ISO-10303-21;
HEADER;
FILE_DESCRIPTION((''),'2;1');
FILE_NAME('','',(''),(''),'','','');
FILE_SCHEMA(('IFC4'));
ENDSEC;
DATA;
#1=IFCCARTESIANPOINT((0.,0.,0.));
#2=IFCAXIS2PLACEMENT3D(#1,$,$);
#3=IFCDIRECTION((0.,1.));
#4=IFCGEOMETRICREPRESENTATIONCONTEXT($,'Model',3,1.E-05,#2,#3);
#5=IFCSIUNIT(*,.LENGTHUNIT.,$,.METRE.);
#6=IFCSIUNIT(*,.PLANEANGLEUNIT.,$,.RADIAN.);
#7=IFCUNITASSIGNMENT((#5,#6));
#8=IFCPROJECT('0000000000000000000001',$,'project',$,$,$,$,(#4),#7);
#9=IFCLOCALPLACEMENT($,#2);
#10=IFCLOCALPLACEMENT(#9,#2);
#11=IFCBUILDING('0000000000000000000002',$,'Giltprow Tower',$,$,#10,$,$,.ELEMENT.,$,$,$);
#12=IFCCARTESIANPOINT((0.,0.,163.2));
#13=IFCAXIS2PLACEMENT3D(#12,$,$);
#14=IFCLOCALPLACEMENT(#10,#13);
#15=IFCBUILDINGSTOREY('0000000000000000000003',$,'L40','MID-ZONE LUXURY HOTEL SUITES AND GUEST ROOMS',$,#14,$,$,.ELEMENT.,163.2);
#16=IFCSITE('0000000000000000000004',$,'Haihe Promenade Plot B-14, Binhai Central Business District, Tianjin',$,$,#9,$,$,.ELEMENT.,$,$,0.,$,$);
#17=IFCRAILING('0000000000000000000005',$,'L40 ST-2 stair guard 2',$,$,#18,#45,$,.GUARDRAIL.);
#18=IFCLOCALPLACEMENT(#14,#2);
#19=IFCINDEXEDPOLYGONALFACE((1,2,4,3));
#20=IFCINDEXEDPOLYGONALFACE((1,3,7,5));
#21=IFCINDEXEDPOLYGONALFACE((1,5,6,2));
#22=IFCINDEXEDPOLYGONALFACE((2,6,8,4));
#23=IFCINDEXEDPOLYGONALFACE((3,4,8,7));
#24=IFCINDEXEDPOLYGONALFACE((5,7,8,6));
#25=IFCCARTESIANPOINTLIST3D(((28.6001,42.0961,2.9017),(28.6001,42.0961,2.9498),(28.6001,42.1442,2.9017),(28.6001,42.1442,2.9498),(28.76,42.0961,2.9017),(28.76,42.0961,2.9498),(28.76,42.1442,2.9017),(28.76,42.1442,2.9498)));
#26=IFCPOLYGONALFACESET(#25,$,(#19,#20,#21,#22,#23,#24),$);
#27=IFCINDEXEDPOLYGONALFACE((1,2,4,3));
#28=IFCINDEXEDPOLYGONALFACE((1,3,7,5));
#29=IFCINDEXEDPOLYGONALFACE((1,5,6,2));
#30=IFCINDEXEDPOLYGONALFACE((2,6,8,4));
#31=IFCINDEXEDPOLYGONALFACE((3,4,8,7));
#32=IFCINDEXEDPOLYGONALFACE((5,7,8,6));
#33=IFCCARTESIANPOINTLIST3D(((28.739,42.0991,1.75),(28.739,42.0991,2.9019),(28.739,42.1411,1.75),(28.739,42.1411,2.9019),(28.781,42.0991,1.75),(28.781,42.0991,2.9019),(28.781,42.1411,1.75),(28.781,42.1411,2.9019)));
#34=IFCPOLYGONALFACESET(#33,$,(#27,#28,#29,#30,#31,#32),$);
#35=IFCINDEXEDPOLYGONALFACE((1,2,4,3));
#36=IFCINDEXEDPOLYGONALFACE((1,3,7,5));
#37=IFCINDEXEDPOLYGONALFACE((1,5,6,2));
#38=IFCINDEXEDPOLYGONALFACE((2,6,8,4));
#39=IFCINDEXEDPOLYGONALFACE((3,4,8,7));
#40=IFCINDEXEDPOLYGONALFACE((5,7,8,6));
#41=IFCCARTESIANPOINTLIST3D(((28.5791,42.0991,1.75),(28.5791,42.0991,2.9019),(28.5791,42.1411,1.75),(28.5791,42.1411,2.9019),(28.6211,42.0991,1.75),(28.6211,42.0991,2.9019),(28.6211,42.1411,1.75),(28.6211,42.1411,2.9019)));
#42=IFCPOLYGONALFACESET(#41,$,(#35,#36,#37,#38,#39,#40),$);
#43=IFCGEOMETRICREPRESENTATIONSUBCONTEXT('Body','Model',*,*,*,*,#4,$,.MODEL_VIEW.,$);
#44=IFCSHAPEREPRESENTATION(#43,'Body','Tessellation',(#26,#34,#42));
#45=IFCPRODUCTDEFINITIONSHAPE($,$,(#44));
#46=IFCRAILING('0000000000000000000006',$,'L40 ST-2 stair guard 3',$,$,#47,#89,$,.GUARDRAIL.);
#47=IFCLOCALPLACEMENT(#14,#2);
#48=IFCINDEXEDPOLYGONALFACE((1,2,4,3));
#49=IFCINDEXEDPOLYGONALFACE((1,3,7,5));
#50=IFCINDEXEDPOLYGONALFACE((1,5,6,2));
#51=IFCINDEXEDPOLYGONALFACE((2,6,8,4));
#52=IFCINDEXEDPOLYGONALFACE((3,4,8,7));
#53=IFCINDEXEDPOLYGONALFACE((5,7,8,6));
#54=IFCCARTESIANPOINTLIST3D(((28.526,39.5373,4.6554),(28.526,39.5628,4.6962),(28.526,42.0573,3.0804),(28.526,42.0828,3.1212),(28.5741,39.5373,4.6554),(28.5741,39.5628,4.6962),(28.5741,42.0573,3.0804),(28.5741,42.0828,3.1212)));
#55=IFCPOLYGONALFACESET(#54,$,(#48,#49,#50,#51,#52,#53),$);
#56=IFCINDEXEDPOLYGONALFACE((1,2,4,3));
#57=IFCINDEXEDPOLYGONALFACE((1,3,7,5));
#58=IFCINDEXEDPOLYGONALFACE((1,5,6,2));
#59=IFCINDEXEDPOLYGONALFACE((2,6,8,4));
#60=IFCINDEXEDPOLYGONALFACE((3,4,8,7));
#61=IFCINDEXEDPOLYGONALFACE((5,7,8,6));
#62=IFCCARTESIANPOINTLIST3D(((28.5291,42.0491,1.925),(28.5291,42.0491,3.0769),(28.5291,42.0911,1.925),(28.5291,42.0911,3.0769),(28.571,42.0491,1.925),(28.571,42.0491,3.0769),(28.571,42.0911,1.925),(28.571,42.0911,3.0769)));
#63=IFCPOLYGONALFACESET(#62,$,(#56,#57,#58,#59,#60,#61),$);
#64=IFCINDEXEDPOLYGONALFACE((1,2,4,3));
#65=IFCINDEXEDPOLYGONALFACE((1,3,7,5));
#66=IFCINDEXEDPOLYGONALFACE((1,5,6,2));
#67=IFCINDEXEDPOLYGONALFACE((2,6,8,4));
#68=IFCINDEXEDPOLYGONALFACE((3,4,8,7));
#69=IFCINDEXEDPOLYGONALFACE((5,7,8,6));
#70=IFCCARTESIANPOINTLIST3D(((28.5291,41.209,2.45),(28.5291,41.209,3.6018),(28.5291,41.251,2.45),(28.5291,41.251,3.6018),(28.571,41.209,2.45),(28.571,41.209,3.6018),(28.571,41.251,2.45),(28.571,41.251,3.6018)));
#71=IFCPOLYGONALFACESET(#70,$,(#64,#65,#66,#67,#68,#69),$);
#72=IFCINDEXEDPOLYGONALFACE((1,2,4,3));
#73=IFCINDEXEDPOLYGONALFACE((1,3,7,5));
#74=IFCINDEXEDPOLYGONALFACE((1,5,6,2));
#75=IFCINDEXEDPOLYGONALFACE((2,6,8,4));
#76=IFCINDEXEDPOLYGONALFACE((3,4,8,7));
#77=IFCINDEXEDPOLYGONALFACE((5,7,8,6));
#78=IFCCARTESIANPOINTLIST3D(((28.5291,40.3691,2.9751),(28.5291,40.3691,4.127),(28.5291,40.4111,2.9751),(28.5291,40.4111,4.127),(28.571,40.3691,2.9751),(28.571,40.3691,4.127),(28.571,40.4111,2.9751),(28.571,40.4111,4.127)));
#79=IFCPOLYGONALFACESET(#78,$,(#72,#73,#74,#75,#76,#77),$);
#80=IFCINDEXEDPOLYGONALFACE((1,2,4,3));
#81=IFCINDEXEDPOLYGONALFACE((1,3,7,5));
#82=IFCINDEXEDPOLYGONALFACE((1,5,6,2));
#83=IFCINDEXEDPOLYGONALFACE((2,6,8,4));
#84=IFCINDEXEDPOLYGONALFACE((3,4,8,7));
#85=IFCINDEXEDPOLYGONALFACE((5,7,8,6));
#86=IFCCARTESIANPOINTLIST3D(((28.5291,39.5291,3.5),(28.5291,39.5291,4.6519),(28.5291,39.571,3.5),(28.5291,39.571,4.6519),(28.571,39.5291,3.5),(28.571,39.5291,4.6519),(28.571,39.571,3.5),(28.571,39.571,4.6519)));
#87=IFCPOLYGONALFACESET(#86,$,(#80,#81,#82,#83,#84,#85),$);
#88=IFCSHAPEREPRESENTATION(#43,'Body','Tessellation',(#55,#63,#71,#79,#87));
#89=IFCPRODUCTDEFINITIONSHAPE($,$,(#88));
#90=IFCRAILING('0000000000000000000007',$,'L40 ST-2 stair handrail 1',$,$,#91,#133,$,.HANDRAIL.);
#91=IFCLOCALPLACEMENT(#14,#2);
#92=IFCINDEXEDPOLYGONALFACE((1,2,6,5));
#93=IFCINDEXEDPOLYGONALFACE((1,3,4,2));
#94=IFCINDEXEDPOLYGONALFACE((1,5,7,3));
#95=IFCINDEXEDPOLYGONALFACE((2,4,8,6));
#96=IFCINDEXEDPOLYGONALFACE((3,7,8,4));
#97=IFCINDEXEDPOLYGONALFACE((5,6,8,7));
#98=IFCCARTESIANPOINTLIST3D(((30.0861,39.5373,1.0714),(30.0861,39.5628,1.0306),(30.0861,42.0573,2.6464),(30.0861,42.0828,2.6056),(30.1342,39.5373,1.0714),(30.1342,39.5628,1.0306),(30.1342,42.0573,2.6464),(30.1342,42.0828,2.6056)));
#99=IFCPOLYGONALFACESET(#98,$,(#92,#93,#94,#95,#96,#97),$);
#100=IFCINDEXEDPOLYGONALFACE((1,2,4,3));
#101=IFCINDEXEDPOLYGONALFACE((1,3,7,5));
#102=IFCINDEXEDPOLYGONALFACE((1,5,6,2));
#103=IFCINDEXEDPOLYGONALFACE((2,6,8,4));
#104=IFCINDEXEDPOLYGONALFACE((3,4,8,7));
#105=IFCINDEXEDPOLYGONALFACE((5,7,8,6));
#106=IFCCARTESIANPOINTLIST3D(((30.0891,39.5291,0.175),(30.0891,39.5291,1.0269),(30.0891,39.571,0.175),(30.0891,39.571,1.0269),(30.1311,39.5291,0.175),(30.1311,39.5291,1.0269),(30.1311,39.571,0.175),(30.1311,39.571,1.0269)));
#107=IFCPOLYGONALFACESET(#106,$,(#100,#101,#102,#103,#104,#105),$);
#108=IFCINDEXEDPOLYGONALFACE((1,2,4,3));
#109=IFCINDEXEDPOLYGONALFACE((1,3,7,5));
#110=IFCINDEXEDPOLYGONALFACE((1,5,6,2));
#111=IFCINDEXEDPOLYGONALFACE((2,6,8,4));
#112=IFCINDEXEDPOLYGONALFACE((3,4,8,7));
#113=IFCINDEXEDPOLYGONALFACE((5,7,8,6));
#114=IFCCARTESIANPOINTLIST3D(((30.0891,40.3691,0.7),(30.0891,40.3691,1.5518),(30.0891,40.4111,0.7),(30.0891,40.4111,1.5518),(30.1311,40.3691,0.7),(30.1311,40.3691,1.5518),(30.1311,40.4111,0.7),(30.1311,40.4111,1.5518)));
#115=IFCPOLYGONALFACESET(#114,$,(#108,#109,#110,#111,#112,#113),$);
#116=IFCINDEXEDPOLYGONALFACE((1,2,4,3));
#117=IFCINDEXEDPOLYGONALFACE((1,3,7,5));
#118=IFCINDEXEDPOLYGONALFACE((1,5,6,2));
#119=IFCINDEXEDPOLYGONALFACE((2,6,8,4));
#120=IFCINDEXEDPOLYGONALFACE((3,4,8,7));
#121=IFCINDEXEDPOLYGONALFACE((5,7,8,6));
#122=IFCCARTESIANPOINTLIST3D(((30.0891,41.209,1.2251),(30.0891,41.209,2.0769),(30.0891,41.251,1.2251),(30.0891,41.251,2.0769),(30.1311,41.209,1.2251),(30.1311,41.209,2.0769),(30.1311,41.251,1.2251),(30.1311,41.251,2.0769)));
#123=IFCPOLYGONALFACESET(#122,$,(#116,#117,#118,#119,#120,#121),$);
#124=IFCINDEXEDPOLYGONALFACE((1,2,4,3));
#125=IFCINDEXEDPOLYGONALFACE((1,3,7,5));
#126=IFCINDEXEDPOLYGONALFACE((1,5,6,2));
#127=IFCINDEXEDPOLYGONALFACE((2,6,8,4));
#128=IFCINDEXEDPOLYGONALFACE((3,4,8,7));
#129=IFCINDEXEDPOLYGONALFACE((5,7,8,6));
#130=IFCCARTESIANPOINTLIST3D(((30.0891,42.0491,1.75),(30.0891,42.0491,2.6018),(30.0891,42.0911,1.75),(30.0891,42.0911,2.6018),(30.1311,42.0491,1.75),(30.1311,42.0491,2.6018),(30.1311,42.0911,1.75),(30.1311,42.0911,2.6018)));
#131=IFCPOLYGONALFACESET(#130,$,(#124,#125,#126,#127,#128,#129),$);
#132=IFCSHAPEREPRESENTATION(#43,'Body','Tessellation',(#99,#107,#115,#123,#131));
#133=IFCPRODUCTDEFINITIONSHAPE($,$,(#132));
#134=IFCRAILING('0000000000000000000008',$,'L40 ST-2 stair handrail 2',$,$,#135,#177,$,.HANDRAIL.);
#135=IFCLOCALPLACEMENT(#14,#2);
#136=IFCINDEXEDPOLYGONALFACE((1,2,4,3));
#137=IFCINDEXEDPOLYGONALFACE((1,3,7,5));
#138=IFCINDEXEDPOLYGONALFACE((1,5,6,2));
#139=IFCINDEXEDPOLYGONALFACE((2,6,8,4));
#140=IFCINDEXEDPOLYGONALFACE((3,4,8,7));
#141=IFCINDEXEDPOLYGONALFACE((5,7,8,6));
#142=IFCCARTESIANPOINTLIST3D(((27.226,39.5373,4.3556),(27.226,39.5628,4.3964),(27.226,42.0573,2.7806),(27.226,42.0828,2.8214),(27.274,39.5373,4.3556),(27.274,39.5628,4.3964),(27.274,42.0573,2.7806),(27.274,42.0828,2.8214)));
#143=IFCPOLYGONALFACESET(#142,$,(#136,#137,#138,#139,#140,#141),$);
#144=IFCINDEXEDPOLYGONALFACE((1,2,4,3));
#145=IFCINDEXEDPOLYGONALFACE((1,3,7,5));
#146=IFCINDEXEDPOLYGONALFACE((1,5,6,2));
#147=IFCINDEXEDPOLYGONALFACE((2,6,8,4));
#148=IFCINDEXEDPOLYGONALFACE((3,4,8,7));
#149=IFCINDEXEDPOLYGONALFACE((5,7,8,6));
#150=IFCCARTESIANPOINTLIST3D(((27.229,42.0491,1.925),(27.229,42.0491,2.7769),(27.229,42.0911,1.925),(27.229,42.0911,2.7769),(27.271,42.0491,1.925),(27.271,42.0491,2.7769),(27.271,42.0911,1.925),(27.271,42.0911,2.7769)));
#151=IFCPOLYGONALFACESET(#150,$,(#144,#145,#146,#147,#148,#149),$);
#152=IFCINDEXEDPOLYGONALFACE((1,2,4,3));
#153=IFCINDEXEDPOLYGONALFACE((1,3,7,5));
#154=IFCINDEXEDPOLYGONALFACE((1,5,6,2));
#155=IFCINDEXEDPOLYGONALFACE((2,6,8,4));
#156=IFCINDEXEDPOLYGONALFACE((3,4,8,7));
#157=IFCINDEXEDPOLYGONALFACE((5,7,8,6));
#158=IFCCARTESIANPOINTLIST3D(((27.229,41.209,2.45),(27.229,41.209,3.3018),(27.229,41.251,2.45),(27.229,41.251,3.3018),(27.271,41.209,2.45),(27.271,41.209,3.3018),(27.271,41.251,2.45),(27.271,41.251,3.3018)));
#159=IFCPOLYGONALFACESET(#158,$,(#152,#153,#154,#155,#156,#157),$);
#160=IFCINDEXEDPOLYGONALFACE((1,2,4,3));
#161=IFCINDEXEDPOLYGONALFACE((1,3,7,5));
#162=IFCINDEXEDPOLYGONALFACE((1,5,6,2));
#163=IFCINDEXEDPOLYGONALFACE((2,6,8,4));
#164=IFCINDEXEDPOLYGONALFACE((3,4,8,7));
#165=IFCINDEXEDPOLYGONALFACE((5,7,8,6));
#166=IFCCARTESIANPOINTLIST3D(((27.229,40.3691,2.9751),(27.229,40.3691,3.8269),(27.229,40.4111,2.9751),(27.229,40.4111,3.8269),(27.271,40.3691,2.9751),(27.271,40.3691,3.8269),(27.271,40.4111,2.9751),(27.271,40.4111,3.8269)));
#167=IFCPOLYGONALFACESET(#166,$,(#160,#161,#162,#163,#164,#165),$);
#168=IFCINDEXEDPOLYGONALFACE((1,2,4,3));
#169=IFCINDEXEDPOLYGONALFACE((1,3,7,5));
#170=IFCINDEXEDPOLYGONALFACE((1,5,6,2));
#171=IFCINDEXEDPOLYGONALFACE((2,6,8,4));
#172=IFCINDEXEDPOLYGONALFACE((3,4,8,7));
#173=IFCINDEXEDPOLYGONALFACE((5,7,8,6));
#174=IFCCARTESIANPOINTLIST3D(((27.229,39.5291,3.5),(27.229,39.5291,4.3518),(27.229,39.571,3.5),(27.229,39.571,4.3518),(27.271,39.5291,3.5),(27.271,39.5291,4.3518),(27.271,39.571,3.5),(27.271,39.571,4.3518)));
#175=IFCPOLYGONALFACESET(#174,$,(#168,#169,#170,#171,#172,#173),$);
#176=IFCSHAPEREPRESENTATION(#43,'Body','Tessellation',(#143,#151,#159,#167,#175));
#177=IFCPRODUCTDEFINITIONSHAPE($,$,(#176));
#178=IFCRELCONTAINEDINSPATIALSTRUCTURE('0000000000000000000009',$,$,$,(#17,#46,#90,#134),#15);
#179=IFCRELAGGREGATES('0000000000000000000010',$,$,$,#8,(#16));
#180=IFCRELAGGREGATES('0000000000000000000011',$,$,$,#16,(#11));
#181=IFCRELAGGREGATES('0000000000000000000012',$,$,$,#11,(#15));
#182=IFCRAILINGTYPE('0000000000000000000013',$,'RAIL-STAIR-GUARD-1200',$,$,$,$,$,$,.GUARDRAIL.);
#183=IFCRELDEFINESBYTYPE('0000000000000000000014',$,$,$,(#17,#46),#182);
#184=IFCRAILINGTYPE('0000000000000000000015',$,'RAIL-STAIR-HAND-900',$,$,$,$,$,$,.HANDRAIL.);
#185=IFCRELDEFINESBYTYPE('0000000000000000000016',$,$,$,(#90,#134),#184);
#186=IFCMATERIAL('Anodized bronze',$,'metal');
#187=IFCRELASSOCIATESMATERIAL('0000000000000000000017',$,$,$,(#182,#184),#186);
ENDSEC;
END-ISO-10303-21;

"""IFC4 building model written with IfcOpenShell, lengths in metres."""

from ifc_helpers import new_model, si_unit, direction, frame, origin, origin_2d, place, context, subcontext, project, spatial, rectangle, extrude, material, type_object, element, save


model = new_model("IFC4")

# Units and contexts
model_context = context("Model", 3, precision=1e-05, world=origin(), true_north=direction((0.0, 1.0)))
body_context = subcontext(model_context, "Body", "Model", "MODEL_VIEW")
ifc_project = project(units=[si_unit("LENGTHUNIT", "METRE"), si_unit("PLANEANGLEUNIT", "RADIAN")], contexts=[model_context])

# Site, building, storey
site_placement = place(None, origin())
site = spatial("IfcSite", under=ifc_project, at=site_placement, Name="Haihe Promenade Plot B-14, Binhai Central Business District, Tianjin", CompositionType="ELEMENT", RefElevation=0.0)
building_placement = place(site_placement, origin())
building = spatial("IfcBuilding", under=site, at=building_placement, Name="Giltprow Tower", CompositionType="ELEMENT")
storey_placement = place(building_placement, frame((0.0, 0.0, 163.2)))
storey = spatial("IfcBuildingStorey", under=building, at=storey_placement, Name="L40", Description="MID-ZONE LUXURY HOTEL SUITES AND GUEST ROOMS", CompositionType="ELEMENT", Elevation=163.2)

# Railings
ifc_material_1 = material(Name="Anodized bronze", Category="metal")
railing_type_1 = type_object("IfcRailingType", Name="RAIL-STAIR-GUARD-1200", PredefinedType="GUARDRAIL", material=ifc_material_1)
railing_1_placement = place(storey_placement, frame((28.76, 42.1201, 1.75)))
element("IfcRailing", 1, at=railing_1_placement, inside=storey, type_object=railing_type_1, Name="L40 ST-2 stair guard 2", PredefinedType="GUARDRAIL", context=body_context, shape_type="SweptSolid", body=[
    extrude(rectangle(XDim=0.0481, YDim=0.0481, at=origin_2d()), frame((0.0, 0.0, 1.1758), z_axis=(-1.0, 0.0, 0.0), x_axis=(0.0, -1.0, 0.0)), (0.0, 0.0, 1.0), 0.1599),
    extrude(rectangle(XDim=0.042, YDim=0.042, at=origin_2d()), origin(), (0.0, 0.0, 1.0), 1.1519),
    extrude(rectangle(XDim=0.042, YDim=0.042, at=origin_2d()), frame((-0.1599, 0.0, 0.0)), (0.0, 0.0, 1.0), 1.1519),
])
railing_2_placement = place(storey_placement, frame((28.55, 42.0701, 1.925)))
element("IfcRailing", 2, at=railing_2_placement, inside=storey, type_object=railing_type_1, Name="L40 ST-2 stair guard 3", PredefinedType="GUARDRAIL", context=body_context, shape_type="SweptSolid", body=[
    extrude(rectangle(XDim=0.0481, YDim=0.0481, at=origin_2d()), frame((0.0, 0.0, 1.1758), z_axis=(0.0, -0.848008, 0.529984), x_axis=(1.0, 0.0, 0.0)), (0.0, 0.0, 1.0), 2.9717),
    extrude(rectangle(XDim=0.042, YDim=0.042, at=origin_2d()), origin(), (0.0, 0.0, 1.0), 1.1519),
    extrude(rectangle(XDim=0.042, YDim=0.042, at=origin_2d()), frame((0.0, -0.8401, 0.5249)), (0.0, 0.0, 1.0), 1.1519),
    extrude(rectangle(XDim=0.042, YDim=0.042, at=origin_2d()), frame((0.0, -1.6799, 1.05)), (0.0, 0.0, 1.0), 1.1519),
    extrude(rectangle(XDim=0.042, YDim=0.042, at=origin_2d()), frame((0.0, -2.52, 1.575)), (0.0, 0.0, 1.0), 1.1519),
])
railing_type_2 = type_object("IfcRailingType", Name="RAIL-STAIR-HAND-900", PredefinedType="HANDRAIL", material=ifc_material_1)
railing_3_placement = place(storey_placement, frame((30.1101, 39.55, 0.175)))
element("IfcRailing", 3, at=railing_3_placement, inside=storey, type_object=railing_type_2, Name="L40 ST-2 stair handrail 1", PredefinedType="HANDRAIL", context=body_context, shape_type="SweptSolid", body=[
    extrude(rectangle(XDim=0.0481, YDim=0.0481, at=origin_2d()), frame((0.0, 0.0, 0.876), z_axis=(0.0, 0.848008, 0.529984), x_axis=(-1.0, 0.0, 0.0)), (0.0, 0.0, 1.0), 2.9717),
    extrude(rectangle(XDim=0.042, YDim=0.042, at=origin_2d()), origin(), (0.0, 0.0, 1.0), 0.8518),
    extrude(rectangle(XDim=0.042, YDim=0.042, at=origin_2d()), frame((0.0, 0.8401, 0.5249)), (0.0, 0.0, 1.0), 0.8518),
    extrude(rectangle(XDim=0.042, YDim=0.042, at=origin_2d()), frame((0.0, 1.6799, 1.05)), (0.0, 0.0, 1.0), 0.8518),
    extrude(rectangle(XDim=0.042, YDim=0.042, at=origin_2d()), frame((0.0, 2.52, 1.575)), (0.0, 0.0, 1.0), 0.8518),
])
railing_4_placement = place(storey_placement, frame((27.25, 42.0701, 1.925)))
element("IfcRailing", 4, at=railing_4_placement, inside=storey, type_object=railing_type_2, Name="L40 ST-2 stair handrail 2", PredefinedType="HANDRAIL", context=body_context, shape_type="SweptSolid", body=[
    extrude(rectangle(XDim=0.0481, YDim=0.0481, at=origin_2d()), frame((0.0, 0.0, 0.876), z_axis=(0.0, -0.848008, 0.529984), x_axis=(1.0, 0.0, 0.0)), (0.0, 0.0, 1.0), 2.9717),
    extrude(rectangle(XDim=0.042, YDim=0.042, at=origin_2d()), origin(), (0.0, 0.0, 1.0), 0.8518),
    extrude(rectangle(XDim=0.042, YDim=0.042, at=origin_2d()), frame((0.0, -0.8401, 0.5249)), (0.0, 0.0, 1.0), 0.8518),
    extrude(rectangle(XDim=0.042, YDim=0.042, at=origin_2d()), frame((0.0, -1.6799, 1.05)), (0.0, 0.0, 1.0), 0.8518),
    extrude(rectangle(XDim=0.042, YDim=0.042, at=origin_2d()), frame((0.0, -2.52, 1.575)), (0.0, 0.0, 1.0), 0.8518),
])

save(model, "model.ifc")
